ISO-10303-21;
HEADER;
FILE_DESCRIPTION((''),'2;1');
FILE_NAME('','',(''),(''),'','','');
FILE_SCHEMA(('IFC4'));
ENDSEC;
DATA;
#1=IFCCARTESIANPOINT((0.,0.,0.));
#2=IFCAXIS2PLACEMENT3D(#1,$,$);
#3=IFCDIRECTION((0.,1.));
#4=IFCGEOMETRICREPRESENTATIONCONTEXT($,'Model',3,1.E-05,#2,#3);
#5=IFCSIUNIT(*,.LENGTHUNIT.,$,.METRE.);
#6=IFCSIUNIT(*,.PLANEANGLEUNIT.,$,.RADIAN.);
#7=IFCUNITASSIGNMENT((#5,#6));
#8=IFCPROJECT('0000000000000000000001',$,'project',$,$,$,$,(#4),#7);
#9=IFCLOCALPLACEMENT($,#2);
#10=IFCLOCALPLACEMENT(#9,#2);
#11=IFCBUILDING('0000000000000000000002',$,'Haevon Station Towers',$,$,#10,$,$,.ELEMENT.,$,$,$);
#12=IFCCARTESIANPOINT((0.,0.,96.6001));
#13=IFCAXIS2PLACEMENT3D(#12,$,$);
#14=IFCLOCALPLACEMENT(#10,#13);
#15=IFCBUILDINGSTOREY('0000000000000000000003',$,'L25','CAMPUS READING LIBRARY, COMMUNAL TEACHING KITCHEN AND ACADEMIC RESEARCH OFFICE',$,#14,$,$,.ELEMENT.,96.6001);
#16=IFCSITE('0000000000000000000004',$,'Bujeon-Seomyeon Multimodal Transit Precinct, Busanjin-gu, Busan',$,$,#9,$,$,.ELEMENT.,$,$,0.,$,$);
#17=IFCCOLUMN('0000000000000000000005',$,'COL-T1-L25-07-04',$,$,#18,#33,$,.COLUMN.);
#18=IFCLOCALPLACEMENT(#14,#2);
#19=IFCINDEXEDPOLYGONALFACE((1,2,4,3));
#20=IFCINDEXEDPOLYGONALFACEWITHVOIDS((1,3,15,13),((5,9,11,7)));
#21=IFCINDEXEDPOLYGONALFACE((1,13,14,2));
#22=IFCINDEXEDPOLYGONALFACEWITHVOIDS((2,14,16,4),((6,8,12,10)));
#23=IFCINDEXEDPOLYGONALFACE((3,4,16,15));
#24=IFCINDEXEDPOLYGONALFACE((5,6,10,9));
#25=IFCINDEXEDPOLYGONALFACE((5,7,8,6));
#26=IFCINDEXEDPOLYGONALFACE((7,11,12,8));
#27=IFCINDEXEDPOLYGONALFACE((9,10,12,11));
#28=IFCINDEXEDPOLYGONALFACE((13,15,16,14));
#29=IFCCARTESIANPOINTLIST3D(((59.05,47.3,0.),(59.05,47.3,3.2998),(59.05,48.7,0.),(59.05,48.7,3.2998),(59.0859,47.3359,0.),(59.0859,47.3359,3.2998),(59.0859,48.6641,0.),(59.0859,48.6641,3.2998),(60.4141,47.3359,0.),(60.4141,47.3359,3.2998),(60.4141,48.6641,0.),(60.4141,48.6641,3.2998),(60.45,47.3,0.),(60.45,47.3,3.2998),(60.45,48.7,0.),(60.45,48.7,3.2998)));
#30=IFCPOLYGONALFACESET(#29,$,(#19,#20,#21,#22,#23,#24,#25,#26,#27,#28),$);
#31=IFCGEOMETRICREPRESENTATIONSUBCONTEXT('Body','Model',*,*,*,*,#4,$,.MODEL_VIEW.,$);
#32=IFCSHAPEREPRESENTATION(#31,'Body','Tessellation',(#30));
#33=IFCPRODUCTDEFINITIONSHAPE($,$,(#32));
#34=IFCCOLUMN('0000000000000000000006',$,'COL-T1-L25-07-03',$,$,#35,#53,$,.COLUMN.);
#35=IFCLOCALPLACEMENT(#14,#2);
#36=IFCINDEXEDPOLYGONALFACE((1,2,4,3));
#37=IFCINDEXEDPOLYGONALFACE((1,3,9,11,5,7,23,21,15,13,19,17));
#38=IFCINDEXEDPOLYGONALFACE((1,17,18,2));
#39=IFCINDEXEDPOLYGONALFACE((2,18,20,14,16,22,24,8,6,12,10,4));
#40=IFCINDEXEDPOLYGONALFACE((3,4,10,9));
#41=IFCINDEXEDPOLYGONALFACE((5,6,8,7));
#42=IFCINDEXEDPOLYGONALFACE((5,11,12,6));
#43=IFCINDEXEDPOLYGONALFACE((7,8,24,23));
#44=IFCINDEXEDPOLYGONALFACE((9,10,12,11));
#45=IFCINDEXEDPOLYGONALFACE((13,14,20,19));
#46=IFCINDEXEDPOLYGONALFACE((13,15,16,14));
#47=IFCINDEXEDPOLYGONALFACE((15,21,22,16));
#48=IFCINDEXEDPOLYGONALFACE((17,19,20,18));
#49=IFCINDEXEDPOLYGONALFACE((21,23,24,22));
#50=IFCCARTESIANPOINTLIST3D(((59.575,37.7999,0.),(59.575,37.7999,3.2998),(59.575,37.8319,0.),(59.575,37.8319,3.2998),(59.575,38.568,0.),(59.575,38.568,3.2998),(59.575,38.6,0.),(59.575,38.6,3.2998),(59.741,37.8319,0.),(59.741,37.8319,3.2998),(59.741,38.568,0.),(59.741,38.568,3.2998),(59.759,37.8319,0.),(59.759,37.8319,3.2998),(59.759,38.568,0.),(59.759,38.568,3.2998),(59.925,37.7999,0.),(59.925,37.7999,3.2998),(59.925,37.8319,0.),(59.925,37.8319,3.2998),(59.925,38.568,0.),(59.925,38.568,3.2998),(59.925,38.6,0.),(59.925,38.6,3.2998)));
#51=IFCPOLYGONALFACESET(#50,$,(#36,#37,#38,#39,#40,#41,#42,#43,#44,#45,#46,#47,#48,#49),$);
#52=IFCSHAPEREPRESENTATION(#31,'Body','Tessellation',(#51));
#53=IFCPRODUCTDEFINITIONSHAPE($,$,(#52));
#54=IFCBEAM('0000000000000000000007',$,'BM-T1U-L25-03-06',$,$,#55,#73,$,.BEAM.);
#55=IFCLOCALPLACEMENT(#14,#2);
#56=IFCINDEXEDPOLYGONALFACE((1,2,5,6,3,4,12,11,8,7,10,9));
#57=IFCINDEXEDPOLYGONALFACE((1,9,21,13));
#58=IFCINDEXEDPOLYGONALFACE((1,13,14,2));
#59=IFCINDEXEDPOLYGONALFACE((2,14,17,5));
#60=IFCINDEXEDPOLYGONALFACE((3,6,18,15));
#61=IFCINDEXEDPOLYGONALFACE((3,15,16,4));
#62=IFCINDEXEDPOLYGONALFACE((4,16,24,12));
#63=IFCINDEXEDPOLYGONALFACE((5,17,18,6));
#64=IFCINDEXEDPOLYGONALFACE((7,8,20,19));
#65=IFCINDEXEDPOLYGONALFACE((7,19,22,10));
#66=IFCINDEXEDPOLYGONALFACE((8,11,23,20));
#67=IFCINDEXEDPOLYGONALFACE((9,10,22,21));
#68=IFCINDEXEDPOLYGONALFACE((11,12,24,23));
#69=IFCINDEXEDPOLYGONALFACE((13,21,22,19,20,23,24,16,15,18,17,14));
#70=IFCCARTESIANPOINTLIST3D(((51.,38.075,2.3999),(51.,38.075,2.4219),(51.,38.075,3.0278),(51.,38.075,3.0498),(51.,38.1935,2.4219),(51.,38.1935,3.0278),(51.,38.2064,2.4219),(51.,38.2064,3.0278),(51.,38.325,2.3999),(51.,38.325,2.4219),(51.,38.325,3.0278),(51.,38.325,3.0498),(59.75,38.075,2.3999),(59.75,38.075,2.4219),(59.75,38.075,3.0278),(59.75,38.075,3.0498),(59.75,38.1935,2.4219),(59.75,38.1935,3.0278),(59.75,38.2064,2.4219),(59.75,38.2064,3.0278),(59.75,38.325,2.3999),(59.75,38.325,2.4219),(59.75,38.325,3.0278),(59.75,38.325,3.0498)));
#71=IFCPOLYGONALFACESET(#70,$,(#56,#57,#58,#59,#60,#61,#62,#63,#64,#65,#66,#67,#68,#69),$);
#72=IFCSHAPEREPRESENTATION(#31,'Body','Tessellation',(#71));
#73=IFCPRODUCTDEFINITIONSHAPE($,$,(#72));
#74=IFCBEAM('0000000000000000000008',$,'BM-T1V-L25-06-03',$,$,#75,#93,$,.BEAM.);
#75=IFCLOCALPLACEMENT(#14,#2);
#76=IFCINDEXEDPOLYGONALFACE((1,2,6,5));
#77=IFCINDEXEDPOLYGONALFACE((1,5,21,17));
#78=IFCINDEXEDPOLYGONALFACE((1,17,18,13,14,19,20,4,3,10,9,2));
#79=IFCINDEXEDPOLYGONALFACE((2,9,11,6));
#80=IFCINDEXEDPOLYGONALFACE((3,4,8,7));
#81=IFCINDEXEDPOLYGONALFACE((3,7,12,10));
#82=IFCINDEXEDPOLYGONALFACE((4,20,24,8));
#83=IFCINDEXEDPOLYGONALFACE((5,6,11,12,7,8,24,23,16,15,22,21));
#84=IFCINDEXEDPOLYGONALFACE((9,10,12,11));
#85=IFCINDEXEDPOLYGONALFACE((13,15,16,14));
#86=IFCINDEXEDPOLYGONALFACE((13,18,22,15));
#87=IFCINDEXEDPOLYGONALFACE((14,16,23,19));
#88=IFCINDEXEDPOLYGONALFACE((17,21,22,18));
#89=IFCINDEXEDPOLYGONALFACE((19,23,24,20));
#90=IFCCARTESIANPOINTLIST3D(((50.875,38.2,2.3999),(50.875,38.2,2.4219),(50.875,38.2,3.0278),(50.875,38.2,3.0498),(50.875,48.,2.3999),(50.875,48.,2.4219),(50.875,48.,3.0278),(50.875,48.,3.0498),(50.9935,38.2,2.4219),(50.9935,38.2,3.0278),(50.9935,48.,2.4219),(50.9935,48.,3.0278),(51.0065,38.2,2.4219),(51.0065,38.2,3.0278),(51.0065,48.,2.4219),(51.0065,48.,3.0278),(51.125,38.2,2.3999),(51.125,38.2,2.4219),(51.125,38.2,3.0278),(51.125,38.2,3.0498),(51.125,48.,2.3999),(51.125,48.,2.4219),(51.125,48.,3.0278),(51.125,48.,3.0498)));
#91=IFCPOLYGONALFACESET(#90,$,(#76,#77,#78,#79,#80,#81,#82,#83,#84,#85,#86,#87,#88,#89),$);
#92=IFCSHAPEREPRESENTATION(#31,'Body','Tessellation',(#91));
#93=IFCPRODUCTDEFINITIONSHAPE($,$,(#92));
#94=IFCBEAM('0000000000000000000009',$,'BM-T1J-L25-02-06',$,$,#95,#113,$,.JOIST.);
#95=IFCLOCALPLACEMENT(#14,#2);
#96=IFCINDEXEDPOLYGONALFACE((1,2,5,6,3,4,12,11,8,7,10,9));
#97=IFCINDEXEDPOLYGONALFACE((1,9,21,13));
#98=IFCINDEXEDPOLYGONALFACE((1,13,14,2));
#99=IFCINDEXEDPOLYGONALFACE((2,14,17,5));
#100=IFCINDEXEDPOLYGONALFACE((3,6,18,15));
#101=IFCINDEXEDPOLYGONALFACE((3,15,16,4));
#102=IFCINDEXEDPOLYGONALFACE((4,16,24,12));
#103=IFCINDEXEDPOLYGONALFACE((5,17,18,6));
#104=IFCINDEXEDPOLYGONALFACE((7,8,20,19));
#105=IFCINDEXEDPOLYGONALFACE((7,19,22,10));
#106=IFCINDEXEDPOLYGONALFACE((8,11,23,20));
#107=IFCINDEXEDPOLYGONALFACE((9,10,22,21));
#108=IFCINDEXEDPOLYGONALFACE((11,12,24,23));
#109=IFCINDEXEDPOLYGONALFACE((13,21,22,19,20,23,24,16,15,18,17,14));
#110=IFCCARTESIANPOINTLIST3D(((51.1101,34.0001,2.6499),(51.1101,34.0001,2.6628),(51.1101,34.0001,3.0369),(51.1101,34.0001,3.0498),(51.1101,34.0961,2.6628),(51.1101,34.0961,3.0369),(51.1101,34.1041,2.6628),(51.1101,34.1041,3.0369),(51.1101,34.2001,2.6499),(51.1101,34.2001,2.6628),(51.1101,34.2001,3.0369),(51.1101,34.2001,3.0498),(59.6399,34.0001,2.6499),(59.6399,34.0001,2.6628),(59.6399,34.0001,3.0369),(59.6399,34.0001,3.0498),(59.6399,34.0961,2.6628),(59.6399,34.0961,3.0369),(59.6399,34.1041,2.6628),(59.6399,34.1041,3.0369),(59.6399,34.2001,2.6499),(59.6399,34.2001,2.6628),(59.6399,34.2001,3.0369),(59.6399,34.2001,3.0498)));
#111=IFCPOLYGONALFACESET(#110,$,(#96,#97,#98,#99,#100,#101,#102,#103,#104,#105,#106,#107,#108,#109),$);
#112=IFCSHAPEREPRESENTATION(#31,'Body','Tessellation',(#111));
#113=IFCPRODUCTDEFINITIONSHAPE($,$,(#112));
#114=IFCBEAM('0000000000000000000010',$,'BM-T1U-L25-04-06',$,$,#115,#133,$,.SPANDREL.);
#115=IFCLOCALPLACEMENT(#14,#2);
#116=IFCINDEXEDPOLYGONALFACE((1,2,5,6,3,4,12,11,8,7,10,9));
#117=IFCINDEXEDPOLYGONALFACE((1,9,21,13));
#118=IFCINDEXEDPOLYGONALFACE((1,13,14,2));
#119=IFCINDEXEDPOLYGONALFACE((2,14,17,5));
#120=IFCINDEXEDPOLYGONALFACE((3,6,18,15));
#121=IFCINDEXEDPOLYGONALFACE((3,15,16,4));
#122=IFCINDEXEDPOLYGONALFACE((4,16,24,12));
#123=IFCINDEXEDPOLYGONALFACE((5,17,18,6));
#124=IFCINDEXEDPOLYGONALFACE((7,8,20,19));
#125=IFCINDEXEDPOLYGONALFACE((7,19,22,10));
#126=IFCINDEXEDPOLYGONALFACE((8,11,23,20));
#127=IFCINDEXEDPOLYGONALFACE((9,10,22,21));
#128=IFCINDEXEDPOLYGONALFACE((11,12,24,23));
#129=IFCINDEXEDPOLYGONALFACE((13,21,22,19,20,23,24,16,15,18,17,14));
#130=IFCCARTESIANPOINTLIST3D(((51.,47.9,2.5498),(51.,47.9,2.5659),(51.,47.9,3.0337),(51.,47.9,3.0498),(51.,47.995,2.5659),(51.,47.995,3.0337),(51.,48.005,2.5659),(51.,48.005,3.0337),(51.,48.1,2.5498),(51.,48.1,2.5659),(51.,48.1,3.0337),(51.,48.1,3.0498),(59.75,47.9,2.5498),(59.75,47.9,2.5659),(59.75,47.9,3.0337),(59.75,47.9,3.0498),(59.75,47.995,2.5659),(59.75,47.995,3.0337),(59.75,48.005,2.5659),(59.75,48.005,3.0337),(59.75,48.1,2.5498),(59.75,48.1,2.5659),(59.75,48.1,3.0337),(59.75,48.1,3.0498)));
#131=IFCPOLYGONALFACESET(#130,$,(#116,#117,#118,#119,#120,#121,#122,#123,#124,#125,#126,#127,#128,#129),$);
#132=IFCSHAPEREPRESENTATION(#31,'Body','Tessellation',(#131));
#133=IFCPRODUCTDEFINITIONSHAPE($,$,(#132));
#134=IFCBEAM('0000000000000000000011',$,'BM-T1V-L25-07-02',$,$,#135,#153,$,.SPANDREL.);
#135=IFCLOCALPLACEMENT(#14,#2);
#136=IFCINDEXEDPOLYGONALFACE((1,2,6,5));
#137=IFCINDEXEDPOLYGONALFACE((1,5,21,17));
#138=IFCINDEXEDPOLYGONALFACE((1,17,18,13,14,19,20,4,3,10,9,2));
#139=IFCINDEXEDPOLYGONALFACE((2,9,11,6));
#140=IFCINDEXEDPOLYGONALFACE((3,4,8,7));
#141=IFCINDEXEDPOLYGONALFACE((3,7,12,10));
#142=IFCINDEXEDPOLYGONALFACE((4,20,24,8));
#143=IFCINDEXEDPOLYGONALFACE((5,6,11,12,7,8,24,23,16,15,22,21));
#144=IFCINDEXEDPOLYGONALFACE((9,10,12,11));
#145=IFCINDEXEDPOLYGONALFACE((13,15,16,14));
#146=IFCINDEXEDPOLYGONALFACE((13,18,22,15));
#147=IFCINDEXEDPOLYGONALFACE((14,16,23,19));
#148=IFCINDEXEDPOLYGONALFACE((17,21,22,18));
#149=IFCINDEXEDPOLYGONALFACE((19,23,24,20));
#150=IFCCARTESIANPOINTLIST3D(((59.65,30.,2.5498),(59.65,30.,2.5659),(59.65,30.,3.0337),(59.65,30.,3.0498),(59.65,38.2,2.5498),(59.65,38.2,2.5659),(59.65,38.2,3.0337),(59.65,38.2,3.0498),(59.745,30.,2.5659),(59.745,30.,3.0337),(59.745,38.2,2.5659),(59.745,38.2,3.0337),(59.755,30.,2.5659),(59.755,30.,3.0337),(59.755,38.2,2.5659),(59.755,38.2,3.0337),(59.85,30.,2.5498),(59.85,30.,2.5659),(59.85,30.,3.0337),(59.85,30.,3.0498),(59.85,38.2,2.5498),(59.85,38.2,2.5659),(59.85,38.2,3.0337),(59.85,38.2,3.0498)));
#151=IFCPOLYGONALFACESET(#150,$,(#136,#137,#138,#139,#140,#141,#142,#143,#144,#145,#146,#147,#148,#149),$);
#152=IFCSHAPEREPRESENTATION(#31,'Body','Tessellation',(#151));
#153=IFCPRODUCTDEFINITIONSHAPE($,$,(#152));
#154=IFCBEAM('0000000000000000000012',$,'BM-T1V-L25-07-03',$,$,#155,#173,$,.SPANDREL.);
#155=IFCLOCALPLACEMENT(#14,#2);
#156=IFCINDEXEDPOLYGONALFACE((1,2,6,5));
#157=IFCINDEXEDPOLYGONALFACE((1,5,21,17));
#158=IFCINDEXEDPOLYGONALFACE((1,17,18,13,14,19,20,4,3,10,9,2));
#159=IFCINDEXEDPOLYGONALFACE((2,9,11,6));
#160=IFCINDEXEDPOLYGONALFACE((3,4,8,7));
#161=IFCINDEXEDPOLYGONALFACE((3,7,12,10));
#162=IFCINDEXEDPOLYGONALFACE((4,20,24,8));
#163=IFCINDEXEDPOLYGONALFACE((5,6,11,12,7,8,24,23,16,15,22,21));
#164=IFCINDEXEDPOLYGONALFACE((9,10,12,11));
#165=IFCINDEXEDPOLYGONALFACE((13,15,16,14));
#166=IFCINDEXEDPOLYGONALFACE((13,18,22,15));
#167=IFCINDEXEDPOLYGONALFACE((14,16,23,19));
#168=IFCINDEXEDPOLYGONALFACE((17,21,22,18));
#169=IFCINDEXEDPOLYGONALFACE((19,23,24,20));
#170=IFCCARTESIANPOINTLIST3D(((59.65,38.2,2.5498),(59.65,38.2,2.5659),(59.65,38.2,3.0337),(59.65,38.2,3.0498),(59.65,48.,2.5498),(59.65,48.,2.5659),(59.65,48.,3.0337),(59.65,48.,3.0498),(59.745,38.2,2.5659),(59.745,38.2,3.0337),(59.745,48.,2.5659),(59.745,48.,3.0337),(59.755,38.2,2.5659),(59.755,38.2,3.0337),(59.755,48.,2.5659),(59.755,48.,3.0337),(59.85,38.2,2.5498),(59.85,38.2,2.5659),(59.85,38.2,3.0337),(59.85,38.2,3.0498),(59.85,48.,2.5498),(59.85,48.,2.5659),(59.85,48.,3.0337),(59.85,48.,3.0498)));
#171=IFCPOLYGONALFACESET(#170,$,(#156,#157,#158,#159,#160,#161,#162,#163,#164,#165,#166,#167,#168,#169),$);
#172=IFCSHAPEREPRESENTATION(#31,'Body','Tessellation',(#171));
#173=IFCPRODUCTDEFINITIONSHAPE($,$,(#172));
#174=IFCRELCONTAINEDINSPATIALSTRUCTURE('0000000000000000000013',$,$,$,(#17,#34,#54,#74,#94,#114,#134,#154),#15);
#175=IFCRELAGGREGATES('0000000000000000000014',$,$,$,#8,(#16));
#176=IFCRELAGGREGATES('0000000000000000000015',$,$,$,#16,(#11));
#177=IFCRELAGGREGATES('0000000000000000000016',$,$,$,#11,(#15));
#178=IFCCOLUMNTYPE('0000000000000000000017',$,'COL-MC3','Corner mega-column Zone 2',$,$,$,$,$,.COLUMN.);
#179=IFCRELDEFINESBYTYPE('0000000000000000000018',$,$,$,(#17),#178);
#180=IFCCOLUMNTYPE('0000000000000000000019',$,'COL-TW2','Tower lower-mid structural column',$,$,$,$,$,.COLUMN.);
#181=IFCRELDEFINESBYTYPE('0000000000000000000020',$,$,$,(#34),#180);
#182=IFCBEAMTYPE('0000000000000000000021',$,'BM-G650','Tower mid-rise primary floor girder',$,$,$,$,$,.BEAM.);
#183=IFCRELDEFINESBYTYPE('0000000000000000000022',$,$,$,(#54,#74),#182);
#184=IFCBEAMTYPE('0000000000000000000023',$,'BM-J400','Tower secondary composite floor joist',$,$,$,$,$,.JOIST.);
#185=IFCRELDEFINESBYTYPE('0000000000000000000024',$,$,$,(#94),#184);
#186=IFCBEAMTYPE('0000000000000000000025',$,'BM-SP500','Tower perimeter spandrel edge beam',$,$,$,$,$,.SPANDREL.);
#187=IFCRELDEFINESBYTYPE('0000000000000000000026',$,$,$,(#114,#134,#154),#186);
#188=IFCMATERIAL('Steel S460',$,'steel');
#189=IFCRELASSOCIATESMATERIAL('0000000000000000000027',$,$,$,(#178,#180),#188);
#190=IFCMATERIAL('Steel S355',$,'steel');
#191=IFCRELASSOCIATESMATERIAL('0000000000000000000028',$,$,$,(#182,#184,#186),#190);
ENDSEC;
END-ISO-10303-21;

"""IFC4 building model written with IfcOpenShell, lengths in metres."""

from ifc_helpers import new_model, si_unit, direction, frame, origin, origin_2d, place, context, subcontext, project, spatial, hollow_rectangle, i_section, extrude, material, material_profile, profile_set, type_object, element, save


model = new_model("IFC4")

# Units and contexts
model_context = context("Model", 3, precision=1e-05, world=origin(), true_north=direction((0.0, 1.0)))
body_context = subcontext(model_context, "Body", "Model", "MODEL_VIEW")
ifc_project = project(units=[si_unit("LENGTHUNIT", "METRE"), si_unit("PLANEANGLEUNIT", "RADIAN")], contexts=[model_context])

# Site, building, storey
site_placement = place(None, origin())
site = spatial("IfcSite", under=ifc_project, at=site_placement, Name="Bujeon-Seomyeon Multimodal Transit Precinct, Busanjin-gu, Busan", CompositionType="ELEMENT", RefElevation=0.0)
building_placement = place(site_placement, origin())
building = spatial("IfcBuilding", under=site, at=building_placement, Name="Haevon Station Towers", CompositionType="ELEMENT")
storey_placement = place(building_placement, frame((0.0, 0.0, 96.6001)))
storey = spatial("IfcBuildingStorey", under=building, at=storey_placement, Name="L25", Description="CAMPUS READING LIBRARY, COMMUNAL TEACHING KITCHEN AND ACADEMIC RESEARCH OFFICE", CompositionType="ELEMENT", Elevation=96.6001)

# Columns
ifc_material_1 = material(Name="Steel S460", Category="steel")
ifc_material_profile_1 = material_profile(ifc_material_1, hollow_rectangle(XDim=1.3999, YDim=1.3999, WallThickness=0.0359, at=origin_2d()), Name="BOX-1400x1400x36")
ifc_profile_set_1 = profile_set([ifc_material_profile_1], Name="Steel S460")
column_type_1 = type_object("IfcColumnType", Name="COL-MC3", Description="Corner mega-column Zone 2", PredefinedType="COLUMN", material=ifc_profile_set_1)
column_1_placement = place(storey_placement, frame((59.75, 48.0, 0.0), z_axis=(0.0, 0.0, 1.0), x_axis=(1.0, 0.0, 0.0)))
element("IfcColumn", 1, at=column_1_placement, inside=storey, type_object=column_type_1, Name="COL-T1-L25-07-04", PredefinedType="COLUMN", context=body_context, shape_type="SweptSolid", body=[
    extrude(hollow_rectangle(XDim=1.3999, YDim=1.3999, WallThickness=0.0359, at=origin_2d()), origin(), (0.0, 0.0, 1.0), 3.2998),
])
ifc_material_profile_2 = material_profile(ifc_material_1, i_section(OverallWidth=0.3501, OverallDepth=0.8, WebThickness=0.0181, FlangeThickness=0.032, at=origin_2d()), Name="H-800x350x18x32")
ifc_profile_set_2 = profile_set([ifc_material_profile_2], Name="Steel S460")
column_type_2 = type_object("IfcColumnType", Name="COL-TW2", Description="Tower lower-mid structural column", PredefinedType="COLUMN", material=ifc_profile_set_2)
column_2_placement = place(storey_placement, frame((59.75, 38.2, 0.0), z_axis=(0.0, 0.0, 1.0), x_axis=(1.0, 0.0, 0.0)))
element("IfcColumn", 2, at=column_2_placement, inside=storey, type_object=column_type_2, Name="COL-T1-L25-07-03", PredefinedType="COLUMN", context=body_context, shape_type="SweptSolid", body=[
    extrude(i_section(OverallWidth=0.3501, OverallDepth=0.8, WebThickness=0.0181, FlangeThickness=0.032, at=origin_2d()), origin(), (0.0, 0.0, 1.0), 3.2998),
])

# Beams
ifc_material_2 = material(Name="Steel S355", Category="steel")
ifc_material_profile_3 = material_profile(ifc_material_2, i_section(OverallWidth=0.25, OverallDepth=0.6499, WebThickness=0.0129, FlangeThickness=0.022, at=origin_2d()), Name="H-650x250x13x22")
ifc_profile_set_3 = profile_set([ifc_material_profile_3], Name="Steel S355")
beam_type_1 = type_object("IfcBeamType", Name="BM-G650", Description="Tower mid-rise primary floor girder", PredefinedType="BEAM", material=ifc_profile_set_3)
beam_1_placement = place(storey_placement, frame((51.0, 38.2, 2.7249), z_axis=(1.0, 0.0, 0.0), x_axis=(0.0, 1.0, 0.0)))
element("IfcBeam", 3, at=beam_1_placement, inside=storey, type_object=beam_type_1, Name="BM-T1U-L25-03-06", PredefinedType="BEAM", context=body_context, shape_type="SweptSolid", body=[
    extrude(i_section(OverallWidth=0.25, OverallDepth=0.6499, WebThickness=0.0129, FlangeThickness=0.022, at=origin_2d()), origin(), (0.0, 0.0, 1.0), 8.75),
])
beam_2_placement = place(storey_placement, frame((51.0, 38.2, 2.7249), z_axis=(0.0, 1.0, 0.0), x_axis=(-1.0, 0.0, 0.0)))
element("IfcBeam", 4, at=beam_2_placement, inside=storey, type_object=beam_type_1, Name="BM-T1V-L25-06-03", PredefinedType="BEAM", context=body_context, shape_type="SweptSolid", body=[
    extrude(i_section(OverallWidth=0.25, OverallDepth=0.6499, WebThickness=0.0129, FlangeThickness=0.022, at=origin_2d()), origin(), (0.0, 0.0, 1.0), 9.8),
])
ifc_material_profile_4 = material_profile(ifc_material_2, i_section(OverallWidth=0.2, OverallDepth=0.3999, WebThickness=0.0081, FlangeThickness=0.0129, at=origin_2d()), Name="H-400x200x8x13")
ifc_profile_set_4 = profile_set([ifc_material_profile_4], Name="Steel S355")
beam_type_2 = type_object("IfcBeamType", Name="BM-J400", Description="Tower secondary composite floor joist", PredefinedType="JOIST", material=ifc_profile_set_4)
beam_3_placement = place(storey_placement, frame((51.1101, 34.1001, 2.8499), z_axis=(1.0, 0.0, 0.0), x_axis=(0.0, 1.0, 0.0)))
element("IfcBeam", 5, at=beam_3_placement, inside=storey, type_object=beam_type_2, Name="BM-T1J-L25-02-06", PredefinedType="JOIST", context=body_context, shape_type="SweptSolid", body=[
    extrude(i_section(OverallWidth=0.2, OverallDepth=0.3999, WebThickness=0.0081, FlangeThickness=0.0129, at=origin_2d()), origin(), (0.0, 0.0, 1.0), 8.5298),
])
ifc_material_profile_5 = material_profile(ifc_material_2, i_section(OverallWidth=0.2, OverallDepth=0.5, WebThickness=0.01, FlangeThickness=0.0161, at=origin_2d()), Name="H-500x200x10x16")
ifc_profile_set_5 = profile_set([ifc_material_profile_5], Name="Steel S355")
beam_type_3 = type_object("IfcBeamType", Name="BM-SP500", Description="Tower perimeter spandrel edge beam", PredefinedType="SPANDREL", material=ifc_profile_set_5)
beam_4_placement = place(storey_placement, frame((51.0, 48.0, 2.7998), z_axis=(1.0, 0.0, 0.0), x_axis=(0.0, 1.0, 0.0)))
element("IfcBeam", 6, at=beam_4_placement, inside=storey, type_object=beam_type_3, Name="BM-T1U-L25-04-06", PredefinedType="SPANDREL", context=body_context, shape_type="SweptSolid", body=[
    extrude(i_section(OverallWidth=0.2, OverallDepth=0.5, WebThickness=0.01, FlangeThickness=0.0161, at=origin_2d()), origin(), (0.0, 0.0, 1.0), 8.75),
])
beam_5_placement = place(storey_placement, frame((59.75, 30.0, 2.7998), z_axis=(0.0, 1.0, 0.0), x_axis=(-1.0, 0.0, 0.0)))
element("IfcBeam", 7, at=beam_5_placement, inside=storey, type_object=beam_type_3, Name="BM-T1V-L25-07-02", PredefinedType="SPANDREL", context=body_context, shape_type="SweptSolid", body=[
    extrude(i_section(OverallWidth=0.2, OverallDepth=0.5, WebThickness=0.01, FlangeThickness=0.0161, at=origin_2d()), origin(), (0.0, 0.0, 1.0), 8.2),
])
beam_6_placement = place(storey_placement, frame((59.75, 38.2, 2.7998), z_axis=(0.0, 1.0, 0.0), x_axis=(-1.0, 0.0, 0.0)))
element("IfcBeam", 8, at=beam_6_placement, inside=storey, type_object=beam_type_3, Name="BM-T1V-L25-07-03", PredefinedType="SPANDREL", context=body_context, shape_type="SweptSolid", body=[
    extrude(i_section(OverallWidth=0.2, OverallDepth=0.5, WebThickness=0.01, FlangeThickness=0.0161, at=origin_2d()), origin(), (0.0, 0.0, 1.0), 9.8),
])

save(model, "model.ifc")
